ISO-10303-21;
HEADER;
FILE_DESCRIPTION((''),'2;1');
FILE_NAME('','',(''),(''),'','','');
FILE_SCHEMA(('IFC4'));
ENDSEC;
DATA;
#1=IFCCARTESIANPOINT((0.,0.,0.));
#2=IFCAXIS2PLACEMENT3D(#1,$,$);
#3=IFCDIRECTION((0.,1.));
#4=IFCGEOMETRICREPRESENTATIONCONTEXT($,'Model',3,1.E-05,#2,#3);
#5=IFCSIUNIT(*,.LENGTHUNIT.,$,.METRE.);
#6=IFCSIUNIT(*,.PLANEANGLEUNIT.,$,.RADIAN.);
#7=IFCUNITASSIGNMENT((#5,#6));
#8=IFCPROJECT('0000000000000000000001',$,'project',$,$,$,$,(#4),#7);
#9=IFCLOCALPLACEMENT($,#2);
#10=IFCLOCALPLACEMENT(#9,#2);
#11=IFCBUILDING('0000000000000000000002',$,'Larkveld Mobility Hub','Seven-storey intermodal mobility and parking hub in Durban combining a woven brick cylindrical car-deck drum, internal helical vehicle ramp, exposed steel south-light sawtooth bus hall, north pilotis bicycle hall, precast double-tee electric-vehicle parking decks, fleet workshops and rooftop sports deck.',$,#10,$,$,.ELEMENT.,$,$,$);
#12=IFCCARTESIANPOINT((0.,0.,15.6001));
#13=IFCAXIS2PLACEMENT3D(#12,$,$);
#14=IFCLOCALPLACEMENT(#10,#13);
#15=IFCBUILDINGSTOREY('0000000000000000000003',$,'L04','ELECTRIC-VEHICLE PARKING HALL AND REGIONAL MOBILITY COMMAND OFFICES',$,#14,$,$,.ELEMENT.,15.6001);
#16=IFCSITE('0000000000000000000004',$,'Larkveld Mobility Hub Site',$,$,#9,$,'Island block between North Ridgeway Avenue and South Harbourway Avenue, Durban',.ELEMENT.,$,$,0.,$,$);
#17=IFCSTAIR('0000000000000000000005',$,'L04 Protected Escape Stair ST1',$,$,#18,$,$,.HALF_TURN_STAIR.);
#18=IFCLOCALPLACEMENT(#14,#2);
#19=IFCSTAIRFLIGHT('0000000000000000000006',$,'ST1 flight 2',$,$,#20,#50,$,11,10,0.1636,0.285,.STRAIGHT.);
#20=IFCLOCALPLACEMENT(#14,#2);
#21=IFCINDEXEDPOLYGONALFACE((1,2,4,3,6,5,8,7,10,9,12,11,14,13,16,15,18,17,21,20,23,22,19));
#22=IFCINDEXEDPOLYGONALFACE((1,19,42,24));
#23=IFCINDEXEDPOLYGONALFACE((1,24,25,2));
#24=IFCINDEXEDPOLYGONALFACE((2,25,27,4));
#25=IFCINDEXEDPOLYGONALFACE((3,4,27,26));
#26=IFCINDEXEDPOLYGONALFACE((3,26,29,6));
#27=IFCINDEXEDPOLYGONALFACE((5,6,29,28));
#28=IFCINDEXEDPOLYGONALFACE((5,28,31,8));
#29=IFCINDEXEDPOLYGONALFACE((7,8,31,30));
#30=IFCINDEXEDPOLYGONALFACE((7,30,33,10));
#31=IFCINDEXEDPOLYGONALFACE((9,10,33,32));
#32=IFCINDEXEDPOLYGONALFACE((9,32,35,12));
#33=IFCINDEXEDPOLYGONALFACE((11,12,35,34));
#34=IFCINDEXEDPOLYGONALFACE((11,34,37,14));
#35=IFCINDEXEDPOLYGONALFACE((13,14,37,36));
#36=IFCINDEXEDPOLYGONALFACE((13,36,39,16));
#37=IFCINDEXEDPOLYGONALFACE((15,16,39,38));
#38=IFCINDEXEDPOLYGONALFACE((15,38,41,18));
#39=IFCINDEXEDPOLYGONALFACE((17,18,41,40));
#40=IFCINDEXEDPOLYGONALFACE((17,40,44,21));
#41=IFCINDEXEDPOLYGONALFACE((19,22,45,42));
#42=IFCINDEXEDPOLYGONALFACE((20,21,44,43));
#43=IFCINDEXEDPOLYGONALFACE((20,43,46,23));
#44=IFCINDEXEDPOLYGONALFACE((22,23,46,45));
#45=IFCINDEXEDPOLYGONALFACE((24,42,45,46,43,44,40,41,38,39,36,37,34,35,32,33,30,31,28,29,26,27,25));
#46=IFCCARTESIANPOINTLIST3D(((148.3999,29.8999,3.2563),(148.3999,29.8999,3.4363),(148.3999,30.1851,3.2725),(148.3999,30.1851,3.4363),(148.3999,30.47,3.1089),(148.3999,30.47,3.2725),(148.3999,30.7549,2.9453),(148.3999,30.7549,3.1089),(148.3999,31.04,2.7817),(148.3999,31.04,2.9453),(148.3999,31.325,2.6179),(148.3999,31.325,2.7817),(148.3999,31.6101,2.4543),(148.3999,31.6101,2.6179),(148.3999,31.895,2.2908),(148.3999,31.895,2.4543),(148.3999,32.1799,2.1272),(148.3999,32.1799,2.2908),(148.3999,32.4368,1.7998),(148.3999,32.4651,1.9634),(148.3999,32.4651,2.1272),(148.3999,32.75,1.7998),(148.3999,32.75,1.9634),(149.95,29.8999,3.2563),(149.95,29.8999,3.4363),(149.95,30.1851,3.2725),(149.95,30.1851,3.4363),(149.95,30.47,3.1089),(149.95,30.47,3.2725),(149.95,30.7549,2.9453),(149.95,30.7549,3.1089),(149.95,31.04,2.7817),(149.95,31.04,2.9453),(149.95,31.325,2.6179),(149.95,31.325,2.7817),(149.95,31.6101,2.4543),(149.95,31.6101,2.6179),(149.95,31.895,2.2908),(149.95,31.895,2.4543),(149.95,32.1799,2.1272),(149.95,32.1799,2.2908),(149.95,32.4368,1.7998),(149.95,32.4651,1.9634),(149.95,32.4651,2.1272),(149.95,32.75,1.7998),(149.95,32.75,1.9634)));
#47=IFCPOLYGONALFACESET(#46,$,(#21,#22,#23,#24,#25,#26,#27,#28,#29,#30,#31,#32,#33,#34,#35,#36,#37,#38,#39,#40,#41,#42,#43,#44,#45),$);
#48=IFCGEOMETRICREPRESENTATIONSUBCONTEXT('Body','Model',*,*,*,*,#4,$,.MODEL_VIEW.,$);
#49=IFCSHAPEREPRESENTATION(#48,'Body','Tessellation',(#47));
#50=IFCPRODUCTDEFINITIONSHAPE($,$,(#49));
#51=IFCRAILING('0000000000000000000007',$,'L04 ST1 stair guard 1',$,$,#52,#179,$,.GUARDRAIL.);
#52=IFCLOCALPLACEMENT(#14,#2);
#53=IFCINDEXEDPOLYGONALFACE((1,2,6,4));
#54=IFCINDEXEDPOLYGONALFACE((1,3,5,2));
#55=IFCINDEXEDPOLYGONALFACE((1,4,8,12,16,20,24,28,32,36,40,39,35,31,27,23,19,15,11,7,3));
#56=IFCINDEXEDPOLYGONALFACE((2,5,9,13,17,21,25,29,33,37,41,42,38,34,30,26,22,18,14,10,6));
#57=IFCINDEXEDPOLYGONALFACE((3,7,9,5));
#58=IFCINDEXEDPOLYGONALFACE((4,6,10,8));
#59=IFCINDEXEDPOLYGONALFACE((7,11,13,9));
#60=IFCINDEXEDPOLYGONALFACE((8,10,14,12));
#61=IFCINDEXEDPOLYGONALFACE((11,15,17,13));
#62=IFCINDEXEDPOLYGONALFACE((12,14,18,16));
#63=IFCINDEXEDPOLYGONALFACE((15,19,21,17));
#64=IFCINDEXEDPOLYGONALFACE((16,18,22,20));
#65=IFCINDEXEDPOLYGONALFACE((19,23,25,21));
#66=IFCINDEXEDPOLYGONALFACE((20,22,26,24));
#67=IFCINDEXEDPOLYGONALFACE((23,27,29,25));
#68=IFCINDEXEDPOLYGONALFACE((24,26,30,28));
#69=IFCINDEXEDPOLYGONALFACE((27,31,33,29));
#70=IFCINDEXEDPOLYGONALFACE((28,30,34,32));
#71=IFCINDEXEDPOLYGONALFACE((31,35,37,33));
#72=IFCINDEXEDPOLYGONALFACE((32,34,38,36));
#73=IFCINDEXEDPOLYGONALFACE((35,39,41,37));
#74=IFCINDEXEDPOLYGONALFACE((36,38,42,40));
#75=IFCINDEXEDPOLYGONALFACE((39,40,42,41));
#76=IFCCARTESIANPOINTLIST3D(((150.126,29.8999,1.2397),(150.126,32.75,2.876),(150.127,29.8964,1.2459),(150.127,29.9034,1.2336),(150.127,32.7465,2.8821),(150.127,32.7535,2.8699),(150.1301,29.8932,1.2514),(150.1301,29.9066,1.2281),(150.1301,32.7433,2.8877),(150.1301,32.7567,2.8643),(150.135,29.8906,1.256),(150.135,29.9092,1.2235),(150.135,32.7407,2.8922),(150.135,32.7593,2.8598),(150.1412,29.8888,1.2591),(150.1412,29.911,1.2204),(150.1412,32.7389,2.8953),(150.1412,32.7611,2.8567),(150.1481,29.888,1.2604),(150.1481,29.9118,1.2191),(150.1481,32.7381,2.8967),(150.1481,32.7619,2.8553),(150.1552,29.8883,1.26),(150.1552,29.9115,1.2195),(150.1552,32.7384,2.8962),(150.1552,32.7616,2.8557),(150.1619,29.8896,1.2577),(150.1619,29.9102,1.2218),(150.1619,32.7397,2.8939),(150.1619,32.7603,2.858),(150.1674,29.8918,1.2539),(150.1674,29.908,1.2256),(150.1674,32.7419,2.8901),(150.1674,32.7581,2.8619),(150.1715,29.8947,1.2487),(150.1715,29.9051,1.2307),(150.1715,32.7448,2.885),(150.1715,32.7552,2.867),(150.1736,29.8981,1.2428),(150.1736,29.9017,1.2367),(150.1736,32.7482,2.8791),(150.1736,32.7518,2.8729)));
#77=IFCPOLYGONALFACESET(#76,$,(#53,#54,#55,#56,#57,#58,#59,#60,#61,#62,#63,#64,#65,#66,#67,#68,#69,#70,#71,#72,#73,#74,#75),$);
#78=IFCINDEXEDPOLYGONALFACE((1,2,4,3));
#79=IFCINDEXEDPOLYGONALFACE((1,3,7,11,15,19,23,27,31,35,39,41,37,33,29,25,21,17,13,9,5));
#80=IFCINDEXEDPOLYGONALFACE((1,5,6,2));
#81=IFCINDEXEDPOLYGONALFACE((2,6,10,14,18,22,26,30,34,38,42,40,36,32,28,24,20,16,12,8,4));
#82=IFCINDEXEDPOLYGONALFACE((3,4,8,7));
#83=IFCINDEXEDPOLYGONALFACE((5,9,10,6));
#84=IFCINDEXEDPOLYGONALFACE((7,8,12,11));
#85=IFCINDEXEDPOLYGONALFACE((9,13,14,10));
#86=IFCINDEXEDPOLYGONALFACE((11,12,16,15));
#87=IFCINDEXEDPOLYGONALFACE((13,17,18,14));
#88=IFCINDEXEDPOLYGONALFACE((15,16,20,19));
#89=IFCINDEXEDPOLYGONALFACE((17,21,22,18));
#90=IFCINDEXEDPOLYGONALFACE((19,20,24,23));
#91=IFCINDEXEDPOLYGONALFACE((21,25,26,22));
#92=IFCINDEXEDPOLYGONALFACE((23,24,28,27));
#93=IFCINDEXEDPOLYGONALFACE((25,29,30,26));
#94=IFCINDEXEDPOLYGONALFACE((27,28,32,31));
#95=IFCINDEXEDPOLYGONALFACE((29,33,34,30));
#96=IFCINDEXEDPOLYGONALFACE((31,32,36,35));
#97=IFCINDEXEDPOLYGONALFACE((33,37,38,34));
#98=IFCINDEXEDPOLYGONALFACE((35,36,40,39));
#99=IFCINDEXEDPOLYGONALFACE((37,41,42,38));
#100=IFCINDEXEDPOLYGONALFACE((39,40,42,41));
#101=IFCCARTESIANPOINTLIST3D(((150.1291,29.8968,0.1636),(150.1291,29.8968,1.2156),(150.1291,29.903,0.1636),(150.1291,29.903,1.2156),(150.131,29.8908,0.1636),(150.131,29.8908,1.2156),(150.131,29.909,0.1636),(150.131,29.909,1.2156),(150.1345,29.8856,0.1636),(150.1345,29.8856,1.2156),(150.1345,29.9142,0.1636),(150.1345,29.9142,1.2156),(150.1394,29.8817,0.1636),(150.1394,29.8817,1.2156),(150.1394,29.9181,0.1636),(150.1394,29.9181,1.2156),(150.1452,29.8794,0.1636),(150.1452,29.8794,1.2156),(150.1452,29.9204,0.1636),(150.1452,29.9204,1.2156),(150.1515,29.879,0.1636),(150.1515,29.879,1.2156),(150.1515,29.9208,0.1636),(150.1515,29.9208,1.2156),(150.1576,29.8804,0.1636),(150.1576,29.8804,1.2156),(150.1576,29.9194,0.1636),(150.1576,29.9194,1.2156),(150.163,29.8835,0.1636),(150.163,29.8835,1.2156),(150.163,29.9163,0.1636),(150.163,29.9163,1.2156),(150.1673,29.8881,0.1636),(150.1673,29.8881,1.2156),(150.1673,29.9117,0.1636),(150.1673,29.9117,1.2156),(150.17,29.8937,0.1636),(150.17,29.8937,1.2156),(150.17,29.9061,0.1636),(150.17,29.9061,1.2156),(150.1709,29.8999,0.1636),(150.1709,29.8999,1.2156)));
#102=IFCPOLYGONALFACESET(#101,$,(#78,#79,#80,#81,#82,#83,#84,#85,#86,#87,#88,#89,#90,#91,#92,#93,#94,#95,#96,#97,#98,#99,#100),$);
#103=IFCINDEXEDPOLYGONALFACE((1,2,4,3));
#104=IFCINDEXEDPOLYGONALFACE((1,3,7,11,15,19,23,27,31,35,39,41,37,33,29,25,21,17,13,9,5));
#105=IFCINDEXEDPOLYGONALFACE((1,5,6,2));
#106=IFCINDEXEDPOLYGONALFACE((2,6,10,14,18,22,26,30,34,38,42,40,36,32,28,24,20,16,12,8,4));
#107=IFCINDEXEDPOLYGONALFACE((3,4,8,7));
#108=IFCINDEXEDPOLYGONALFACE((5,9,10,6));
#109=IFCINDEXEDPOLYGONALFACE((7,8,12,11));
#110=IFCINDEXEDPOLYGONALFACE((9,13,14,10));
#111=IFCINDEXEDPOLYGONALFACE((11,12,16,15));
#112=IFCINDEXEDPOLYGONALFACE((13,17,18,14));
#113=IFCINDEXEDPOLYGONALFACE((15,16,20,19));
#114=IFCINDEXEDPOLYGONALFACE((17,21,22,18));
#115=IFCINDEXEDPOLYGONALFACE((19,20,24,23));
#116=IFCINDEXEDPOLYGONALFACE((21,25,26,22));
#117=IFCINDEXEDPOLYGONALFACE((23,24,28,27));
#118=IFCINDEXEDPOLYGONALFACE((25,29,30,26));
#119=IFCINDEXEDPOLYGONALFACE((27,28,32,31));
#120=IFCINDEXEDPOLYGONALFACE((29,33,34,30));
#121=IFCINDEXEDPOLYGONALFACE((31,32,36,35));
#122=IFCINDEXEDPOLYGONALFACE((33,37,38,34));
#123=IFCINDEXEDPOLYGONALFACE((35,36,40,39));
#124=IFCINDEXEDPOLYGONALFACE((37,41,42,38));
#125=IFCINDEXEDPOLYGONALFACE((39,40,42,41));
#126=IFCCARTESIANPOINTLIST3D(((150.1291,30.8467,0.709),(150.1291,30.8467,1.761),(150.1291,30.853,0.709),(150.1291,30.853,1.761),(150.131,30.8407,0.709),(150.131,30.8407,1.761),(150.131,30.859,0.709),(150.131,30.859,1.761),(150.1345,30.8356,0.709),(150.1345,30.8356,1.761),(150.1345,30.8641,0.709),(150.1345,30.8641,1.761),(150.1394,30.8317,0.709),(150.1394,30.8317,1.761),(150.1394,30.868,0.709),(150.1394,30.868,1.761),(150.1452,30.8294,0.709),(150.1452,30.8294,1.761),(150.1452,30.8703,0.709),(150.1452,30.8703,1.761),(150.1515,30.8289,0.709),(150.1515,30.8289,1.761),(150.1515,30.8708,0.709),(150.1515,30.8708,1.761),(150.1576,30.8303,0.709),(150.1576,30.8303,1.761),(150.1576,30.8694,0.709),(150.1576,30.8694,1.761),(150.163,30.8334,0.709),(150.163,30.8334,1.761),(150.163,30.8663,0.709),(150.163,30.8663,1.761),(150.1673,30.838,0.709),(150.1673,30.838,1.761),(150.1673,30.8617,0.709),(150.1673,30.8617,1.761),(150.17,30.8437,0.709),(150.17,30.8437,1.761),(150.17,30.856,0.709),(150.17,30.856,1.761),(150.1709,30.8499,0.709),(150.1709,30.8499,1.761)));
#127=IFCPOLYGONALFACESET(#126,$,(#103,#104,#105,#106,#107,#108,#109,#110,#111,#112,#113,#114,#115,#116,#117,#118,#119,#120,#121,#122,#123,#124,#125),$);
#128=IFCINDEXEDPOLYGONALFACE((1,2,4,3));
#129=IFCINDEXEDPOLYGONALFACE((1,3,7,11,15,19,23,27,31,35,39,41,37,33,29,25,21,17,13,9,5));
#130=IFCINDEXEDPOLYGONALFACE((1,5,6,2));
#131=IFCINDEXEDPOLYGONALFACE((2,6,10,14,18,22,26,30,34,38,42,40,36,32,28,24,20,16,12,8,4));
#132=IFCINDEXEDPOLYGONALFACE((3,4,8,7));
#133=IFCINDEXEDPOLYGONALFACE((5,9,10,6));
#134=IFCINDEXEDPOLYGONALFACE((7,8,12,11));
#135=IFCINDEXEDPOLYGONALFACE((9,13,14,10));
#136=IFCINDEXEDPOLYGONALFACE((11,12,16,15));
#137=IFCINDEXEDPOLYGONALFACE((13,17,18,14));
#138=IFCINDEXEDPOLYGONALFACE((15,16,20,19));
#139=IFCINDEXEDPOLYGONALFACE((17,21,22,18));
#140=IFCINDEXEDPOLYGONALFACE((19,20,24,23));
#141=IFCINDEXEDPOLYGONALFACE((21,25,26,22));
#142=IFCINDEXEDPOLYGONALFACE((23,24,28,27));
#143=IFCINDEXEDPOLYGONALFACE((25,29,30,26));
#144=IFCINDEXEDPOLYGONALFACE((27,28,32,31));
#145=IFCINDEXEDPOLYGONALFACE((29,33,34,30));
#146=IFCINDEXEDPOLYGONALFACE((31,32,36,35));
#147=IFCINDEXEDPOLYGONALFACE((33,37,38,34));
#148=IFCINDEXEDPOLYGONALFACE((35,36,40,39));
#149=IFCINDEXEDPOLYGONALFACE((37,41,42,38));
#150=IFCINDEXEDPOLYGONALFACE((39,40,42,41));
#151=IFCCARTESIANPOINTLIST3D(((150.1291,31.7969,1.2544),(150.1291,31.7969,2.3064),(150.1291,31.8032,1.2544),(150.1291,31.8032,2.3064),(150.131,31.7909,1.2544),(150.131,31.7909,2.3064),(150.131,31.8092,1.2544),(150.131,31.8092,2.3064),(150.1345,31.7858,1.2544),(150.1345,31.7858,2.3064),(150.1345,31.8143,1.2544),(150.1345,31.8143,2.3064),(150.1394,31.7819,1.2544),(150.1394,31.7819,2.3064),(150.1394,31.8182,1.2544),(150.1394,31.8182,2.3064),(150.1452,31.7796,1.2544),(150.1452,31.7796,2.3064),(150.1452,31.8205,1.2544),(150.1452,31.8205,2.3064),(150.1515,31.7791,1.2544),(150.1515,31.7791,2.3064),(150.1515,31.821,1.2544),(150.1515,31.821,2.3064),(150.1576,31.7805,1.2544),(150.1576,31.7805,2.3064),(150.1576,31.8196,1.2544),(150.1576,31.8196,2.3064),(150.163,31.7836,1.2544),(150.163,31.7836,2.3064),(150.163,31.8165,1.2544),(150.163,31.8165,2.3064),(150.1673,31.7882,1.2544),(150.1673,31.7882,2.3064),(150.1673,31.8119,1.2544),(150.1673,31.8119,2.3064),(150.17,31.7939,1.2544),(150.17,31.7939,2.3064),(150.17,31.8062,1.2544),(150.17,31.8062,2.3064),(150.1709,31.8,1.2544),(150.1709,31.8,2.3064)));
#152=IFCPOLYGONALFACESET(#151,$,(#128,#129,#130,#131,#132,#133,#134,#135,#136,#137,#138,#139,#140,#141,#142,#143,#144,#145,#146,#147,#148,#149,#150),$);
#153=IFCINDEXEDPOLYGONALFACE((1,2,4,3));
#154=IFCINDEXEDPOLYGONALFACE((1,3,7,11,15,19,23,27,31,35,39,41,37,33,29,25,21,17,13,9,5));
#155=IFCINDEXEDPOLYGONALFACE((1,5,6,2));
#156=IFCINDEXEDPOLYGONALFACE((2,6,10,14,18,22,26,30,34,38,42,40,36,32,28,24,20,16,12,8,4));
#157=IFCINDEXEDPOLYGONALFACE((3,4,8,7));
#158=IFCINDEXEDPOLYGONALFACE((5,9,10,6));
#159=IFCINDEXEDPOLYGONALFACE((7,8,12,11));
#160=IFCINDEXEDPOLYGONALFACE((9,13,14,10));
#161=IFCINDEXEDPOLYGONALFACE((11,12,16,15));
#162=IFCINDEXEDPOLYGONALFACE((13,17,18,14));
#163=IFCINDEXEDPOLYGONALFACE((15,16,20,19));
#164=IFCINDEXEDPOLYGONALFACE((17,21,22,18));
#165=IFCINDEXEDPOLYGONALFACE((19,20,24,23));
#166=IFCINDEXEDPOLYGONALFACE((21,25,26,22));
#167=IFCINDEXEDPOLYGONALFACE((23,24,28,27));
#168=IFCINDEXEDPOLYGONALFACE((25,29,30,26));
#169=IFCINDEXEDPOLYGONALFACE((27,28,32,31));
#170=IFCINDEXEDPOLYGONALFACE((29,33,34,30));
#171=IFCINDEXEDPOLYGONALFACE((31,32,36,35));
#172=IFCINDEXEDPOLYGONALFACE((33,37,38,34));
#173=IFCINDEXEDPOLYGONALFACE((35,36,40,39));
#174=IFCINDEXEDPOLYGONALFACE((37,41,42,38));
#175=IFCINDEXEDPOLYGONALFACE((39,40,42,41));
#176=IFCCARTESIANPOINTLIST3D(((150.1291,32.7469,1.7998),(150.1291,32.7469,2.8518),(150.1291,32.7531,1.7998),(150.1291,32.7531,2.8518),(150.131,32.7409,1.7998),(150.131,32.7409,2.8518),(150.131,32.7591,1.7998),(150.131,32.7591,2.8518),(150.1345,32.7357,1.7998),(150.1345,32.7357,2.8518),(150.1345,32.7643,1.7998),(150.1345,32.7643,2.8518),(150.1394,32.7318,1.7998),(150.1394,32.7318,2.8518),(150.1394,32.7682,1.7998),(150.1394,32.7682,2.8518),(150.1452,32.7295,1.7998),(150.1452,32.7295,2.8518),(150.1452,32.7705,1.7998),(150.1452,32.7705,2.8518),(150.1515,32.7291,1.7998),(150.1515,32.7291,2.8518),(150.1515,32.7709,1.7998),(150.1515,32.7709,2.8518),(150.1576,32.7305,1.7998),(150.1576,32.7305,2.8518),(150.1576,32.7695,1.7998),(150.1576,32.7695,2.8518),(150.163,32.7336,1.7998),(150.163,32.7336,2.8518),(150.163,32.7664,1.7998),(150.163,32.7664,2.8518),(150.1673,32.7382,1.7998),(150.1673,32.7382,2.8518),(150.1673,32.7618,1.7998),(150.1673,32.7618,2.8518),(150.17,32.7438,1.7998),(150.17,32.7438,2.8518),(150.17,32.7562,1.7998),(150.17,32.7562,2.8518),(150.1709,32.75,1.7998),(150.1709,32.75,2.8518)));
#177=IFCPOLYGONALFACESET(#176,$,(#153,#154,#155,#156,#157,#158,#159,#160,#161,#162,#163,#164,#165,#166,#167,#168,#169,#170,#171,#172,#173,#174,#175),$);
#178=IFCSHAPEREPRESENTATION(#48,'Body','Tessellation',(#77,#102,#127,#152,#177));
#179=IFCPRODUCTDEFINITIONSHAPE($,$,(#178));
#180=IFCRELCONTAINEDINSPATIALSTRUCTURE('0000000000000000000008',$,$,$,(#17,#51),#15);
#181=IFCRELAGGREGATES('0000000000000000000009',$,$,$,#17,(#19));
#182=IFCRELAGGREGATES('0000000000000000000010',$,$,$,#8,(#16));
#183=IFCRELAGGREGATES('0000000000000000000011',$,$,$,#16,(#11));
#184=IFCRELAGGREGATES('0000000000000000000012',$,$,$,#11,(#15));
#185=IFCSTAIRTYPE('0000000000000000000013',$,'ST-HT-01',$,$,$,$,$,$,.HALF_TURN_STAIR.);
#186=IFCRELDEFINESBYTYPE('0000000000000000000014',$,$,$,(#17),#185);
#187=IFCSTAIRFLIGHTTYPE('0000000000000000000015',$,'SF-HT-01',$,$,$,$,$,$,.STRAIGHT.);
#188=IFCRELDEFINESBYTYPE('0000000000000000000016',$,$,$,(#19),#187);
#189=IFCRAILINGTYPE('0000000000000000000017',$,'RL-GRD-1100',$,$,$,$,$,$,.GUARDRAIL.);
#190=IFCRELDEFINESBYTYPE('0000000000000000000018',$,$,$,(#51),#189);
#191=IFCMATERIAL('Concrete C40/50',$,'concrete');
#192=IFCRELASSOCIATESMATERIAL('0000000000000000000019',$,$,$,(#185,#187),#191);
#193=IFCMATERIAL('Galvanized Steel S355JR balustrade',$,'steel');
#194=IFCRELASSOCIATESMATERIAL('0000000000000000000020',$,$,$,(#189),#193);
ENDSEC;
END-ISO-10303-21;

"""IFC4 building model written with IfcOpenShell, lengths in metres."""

from ifc_helpers import new_model, si_unit, direction, frame, origin, origin_2d, place, context, subcontext, project, spatial, polyline, circle, outline, extrude, material, type_object, element, aggregate, save


model = new_model("IFC4")

# Units and contexts
model_context = context("Model", 3, precision=1e-05, world=origin(), true_north=direction((0.0, 1.0)))
body_context = subcontext(model_context, "Body", "Model", "MODEL_VIEW")
ifc_project = project(units=[si_unit("LENGTHUNIT", "METRE"), si_unit("PLANEANGLEUNIT", "RADIAN")], contexts=[model_context])

# Site, building, storey
site_placement = place(None, origin())
site = spatial("IfcSite", under=ifc_project, at=site_placement, Name="Larkveld Mobility Hub Site", LongName="Island block between North Ridgeway Avenue and South Harbourway Avenue, Durban", CompositionType="ELEMENT", RefElevation=0.0)
building_placement = place(site_placement, origin())
building = spatial("IfcBuilding", under=site, at=building_placement, Name="Larkveld Mobility Hub", Description="Seven-storey intermodal mobility and parking hub in Durban combining a woven brick cylindrical car-deck drum, internal helical vehicle ramp, exposed steel south-light sawtooth bus hall, north pilotis bicycle hall, precast double-tee electric-vehicle parking decks, fleet workshops and rooftop sports deck.", CompositionType="ELEMENT")
storey_placement = place(building_placement, frame((0.0, 0.0, 15.6001)))
storey = spatial("IfcBuildingStorey", under=building, at=storey_placement, Name="L04", Description="ELECTRIC-VEHICLE PARKING HALL AND REGIONAL MOBILITY COMMAND OFFICES", CompositionType="ELEMENT", Elevation=15.6001)

# Shared definitions
ifc_material_1 = material(Name="Concrete C40/50", Category="concrete")

# Stair, stair flight
stair_type = type_object("IfcStairType", Name="ST-HT-01", PredefinedType="HALF_TURN_STAIR", material=ifc_material_1)
stair_placement = place(storey_placement, origin())
stair = element("IfcStair", 1, at=stair_placement, inside=storey, type_object=stair_type, Name="L04 Protected Escape Stair ST1", PredefinedType="HALF_TURN_STAIR")
stair_flight_type = type_object("IfcStairFlightType", Name="SF-HT-01", PredefinedType="STRAIGHT", material=ifc_material_1)
stair_flight_1_placement = place(storey_placement, frame((149.175, 32.75, 1.7998), z_axis=(0.0, 0.0, 1.0), x_axis=(0.0, -1.0, 0.0)))
stair_flight_1 = element("IfcStairFlight", 2, at=stair_flight_1_placement, type_object=stair_flight_type, Name="ST1 flight 2", NumberOfRisers=11, NumberOfTreads=10, PredefinedType="STRAIGHT", RiserHeight=0.1636, TreadLength=0.285, context=body_context, shape_type="SweptSolid", body=[
    extrude(outline(polyline([(0.0, 0.0), (0.0, 0.1636), (0.2849, 0.1636), (0.2849, 0.3274), (0.5701, 0.3274), (0.5701, 0.491), (0.855, 0.491), (0.855, 0.6545), (1.1399, 0.6545), (1.1399, 0.8181), (1.425, 0.8181), (1.425, 0.9819), (1.71, 0.9819), (1.71, 1.1455), (1.9951, 1.1455), (1.9951, 1.3091), (2.28, 1.3091), (2.28, 1.4727), (2.5649, 1.4727), (2.5649, 1.6365), (2.8501, 1.6365), (2.8501, 1.8), (2.8501, 1.4565), (0.3132, 0.0), (0.0, 0.0)])), frame((0.0, 0.7749, 0.0), z_axis=(0.0, -1.0, 0.0), x_axis=(1.0, 0.0, 0.0)), (0.0, 0.0, 1.0), 1.55),
])
aggregate(stair, [stair_flight_1])

# Railing
ifc_material_2 = material(Name="Galvanized Steel S355JR balustrade", Category="steel")
railing_type_1 = type_object("IfcRailingType", Name="RL-GRD-1100", PredefinedType="GUARDRAIL", material=ifc_material_2)
railing_1_placement = place(storey_placement, frame((150.1499, 29.8999, 0.1636)))
element("IfcRailing", 3, at=railing_1_placement, inside=storey, type_object=railing_type_1, Name="L04 ST1 stair guard 1", PredefinedType="GUARDRAIL", context=body_context, shape_type="SweptSolid", body=[
    extrude(circle(Radius=0.0239, at=origin_2d()), frame((0.0, 0.0, 1.0762), z_axis=(0.0, 0.867245, 0.497882), x_axis=(-1.0, 0.0, 0.0)), (0.0, 0.0, 1.0), 3.2864),
    extrude(circle(Radius=0.021, at=origin_2d()), origin(), (0.0, 0.0, 1.0), 1.052),
    extrude(circle(Radius=0.021, at=origin_2d()), frame((0.0, 0.95, 0.5454)), (0.0, 0.0, 1.0), 1.052),
    extrude(circle(Radius=0.021, at=origin_2d()), frame((0.0, 1.9001, 1.0908)), (0.0, 0.0, 1.0), 1.052),
    extrude(circle(Radius=0.021, at=origin_2d()), frame((0.0, 2.8501, 1.6362)), (0.0, 0.0, 1.0), 1.052),
])

save(model, "model.ifc")
